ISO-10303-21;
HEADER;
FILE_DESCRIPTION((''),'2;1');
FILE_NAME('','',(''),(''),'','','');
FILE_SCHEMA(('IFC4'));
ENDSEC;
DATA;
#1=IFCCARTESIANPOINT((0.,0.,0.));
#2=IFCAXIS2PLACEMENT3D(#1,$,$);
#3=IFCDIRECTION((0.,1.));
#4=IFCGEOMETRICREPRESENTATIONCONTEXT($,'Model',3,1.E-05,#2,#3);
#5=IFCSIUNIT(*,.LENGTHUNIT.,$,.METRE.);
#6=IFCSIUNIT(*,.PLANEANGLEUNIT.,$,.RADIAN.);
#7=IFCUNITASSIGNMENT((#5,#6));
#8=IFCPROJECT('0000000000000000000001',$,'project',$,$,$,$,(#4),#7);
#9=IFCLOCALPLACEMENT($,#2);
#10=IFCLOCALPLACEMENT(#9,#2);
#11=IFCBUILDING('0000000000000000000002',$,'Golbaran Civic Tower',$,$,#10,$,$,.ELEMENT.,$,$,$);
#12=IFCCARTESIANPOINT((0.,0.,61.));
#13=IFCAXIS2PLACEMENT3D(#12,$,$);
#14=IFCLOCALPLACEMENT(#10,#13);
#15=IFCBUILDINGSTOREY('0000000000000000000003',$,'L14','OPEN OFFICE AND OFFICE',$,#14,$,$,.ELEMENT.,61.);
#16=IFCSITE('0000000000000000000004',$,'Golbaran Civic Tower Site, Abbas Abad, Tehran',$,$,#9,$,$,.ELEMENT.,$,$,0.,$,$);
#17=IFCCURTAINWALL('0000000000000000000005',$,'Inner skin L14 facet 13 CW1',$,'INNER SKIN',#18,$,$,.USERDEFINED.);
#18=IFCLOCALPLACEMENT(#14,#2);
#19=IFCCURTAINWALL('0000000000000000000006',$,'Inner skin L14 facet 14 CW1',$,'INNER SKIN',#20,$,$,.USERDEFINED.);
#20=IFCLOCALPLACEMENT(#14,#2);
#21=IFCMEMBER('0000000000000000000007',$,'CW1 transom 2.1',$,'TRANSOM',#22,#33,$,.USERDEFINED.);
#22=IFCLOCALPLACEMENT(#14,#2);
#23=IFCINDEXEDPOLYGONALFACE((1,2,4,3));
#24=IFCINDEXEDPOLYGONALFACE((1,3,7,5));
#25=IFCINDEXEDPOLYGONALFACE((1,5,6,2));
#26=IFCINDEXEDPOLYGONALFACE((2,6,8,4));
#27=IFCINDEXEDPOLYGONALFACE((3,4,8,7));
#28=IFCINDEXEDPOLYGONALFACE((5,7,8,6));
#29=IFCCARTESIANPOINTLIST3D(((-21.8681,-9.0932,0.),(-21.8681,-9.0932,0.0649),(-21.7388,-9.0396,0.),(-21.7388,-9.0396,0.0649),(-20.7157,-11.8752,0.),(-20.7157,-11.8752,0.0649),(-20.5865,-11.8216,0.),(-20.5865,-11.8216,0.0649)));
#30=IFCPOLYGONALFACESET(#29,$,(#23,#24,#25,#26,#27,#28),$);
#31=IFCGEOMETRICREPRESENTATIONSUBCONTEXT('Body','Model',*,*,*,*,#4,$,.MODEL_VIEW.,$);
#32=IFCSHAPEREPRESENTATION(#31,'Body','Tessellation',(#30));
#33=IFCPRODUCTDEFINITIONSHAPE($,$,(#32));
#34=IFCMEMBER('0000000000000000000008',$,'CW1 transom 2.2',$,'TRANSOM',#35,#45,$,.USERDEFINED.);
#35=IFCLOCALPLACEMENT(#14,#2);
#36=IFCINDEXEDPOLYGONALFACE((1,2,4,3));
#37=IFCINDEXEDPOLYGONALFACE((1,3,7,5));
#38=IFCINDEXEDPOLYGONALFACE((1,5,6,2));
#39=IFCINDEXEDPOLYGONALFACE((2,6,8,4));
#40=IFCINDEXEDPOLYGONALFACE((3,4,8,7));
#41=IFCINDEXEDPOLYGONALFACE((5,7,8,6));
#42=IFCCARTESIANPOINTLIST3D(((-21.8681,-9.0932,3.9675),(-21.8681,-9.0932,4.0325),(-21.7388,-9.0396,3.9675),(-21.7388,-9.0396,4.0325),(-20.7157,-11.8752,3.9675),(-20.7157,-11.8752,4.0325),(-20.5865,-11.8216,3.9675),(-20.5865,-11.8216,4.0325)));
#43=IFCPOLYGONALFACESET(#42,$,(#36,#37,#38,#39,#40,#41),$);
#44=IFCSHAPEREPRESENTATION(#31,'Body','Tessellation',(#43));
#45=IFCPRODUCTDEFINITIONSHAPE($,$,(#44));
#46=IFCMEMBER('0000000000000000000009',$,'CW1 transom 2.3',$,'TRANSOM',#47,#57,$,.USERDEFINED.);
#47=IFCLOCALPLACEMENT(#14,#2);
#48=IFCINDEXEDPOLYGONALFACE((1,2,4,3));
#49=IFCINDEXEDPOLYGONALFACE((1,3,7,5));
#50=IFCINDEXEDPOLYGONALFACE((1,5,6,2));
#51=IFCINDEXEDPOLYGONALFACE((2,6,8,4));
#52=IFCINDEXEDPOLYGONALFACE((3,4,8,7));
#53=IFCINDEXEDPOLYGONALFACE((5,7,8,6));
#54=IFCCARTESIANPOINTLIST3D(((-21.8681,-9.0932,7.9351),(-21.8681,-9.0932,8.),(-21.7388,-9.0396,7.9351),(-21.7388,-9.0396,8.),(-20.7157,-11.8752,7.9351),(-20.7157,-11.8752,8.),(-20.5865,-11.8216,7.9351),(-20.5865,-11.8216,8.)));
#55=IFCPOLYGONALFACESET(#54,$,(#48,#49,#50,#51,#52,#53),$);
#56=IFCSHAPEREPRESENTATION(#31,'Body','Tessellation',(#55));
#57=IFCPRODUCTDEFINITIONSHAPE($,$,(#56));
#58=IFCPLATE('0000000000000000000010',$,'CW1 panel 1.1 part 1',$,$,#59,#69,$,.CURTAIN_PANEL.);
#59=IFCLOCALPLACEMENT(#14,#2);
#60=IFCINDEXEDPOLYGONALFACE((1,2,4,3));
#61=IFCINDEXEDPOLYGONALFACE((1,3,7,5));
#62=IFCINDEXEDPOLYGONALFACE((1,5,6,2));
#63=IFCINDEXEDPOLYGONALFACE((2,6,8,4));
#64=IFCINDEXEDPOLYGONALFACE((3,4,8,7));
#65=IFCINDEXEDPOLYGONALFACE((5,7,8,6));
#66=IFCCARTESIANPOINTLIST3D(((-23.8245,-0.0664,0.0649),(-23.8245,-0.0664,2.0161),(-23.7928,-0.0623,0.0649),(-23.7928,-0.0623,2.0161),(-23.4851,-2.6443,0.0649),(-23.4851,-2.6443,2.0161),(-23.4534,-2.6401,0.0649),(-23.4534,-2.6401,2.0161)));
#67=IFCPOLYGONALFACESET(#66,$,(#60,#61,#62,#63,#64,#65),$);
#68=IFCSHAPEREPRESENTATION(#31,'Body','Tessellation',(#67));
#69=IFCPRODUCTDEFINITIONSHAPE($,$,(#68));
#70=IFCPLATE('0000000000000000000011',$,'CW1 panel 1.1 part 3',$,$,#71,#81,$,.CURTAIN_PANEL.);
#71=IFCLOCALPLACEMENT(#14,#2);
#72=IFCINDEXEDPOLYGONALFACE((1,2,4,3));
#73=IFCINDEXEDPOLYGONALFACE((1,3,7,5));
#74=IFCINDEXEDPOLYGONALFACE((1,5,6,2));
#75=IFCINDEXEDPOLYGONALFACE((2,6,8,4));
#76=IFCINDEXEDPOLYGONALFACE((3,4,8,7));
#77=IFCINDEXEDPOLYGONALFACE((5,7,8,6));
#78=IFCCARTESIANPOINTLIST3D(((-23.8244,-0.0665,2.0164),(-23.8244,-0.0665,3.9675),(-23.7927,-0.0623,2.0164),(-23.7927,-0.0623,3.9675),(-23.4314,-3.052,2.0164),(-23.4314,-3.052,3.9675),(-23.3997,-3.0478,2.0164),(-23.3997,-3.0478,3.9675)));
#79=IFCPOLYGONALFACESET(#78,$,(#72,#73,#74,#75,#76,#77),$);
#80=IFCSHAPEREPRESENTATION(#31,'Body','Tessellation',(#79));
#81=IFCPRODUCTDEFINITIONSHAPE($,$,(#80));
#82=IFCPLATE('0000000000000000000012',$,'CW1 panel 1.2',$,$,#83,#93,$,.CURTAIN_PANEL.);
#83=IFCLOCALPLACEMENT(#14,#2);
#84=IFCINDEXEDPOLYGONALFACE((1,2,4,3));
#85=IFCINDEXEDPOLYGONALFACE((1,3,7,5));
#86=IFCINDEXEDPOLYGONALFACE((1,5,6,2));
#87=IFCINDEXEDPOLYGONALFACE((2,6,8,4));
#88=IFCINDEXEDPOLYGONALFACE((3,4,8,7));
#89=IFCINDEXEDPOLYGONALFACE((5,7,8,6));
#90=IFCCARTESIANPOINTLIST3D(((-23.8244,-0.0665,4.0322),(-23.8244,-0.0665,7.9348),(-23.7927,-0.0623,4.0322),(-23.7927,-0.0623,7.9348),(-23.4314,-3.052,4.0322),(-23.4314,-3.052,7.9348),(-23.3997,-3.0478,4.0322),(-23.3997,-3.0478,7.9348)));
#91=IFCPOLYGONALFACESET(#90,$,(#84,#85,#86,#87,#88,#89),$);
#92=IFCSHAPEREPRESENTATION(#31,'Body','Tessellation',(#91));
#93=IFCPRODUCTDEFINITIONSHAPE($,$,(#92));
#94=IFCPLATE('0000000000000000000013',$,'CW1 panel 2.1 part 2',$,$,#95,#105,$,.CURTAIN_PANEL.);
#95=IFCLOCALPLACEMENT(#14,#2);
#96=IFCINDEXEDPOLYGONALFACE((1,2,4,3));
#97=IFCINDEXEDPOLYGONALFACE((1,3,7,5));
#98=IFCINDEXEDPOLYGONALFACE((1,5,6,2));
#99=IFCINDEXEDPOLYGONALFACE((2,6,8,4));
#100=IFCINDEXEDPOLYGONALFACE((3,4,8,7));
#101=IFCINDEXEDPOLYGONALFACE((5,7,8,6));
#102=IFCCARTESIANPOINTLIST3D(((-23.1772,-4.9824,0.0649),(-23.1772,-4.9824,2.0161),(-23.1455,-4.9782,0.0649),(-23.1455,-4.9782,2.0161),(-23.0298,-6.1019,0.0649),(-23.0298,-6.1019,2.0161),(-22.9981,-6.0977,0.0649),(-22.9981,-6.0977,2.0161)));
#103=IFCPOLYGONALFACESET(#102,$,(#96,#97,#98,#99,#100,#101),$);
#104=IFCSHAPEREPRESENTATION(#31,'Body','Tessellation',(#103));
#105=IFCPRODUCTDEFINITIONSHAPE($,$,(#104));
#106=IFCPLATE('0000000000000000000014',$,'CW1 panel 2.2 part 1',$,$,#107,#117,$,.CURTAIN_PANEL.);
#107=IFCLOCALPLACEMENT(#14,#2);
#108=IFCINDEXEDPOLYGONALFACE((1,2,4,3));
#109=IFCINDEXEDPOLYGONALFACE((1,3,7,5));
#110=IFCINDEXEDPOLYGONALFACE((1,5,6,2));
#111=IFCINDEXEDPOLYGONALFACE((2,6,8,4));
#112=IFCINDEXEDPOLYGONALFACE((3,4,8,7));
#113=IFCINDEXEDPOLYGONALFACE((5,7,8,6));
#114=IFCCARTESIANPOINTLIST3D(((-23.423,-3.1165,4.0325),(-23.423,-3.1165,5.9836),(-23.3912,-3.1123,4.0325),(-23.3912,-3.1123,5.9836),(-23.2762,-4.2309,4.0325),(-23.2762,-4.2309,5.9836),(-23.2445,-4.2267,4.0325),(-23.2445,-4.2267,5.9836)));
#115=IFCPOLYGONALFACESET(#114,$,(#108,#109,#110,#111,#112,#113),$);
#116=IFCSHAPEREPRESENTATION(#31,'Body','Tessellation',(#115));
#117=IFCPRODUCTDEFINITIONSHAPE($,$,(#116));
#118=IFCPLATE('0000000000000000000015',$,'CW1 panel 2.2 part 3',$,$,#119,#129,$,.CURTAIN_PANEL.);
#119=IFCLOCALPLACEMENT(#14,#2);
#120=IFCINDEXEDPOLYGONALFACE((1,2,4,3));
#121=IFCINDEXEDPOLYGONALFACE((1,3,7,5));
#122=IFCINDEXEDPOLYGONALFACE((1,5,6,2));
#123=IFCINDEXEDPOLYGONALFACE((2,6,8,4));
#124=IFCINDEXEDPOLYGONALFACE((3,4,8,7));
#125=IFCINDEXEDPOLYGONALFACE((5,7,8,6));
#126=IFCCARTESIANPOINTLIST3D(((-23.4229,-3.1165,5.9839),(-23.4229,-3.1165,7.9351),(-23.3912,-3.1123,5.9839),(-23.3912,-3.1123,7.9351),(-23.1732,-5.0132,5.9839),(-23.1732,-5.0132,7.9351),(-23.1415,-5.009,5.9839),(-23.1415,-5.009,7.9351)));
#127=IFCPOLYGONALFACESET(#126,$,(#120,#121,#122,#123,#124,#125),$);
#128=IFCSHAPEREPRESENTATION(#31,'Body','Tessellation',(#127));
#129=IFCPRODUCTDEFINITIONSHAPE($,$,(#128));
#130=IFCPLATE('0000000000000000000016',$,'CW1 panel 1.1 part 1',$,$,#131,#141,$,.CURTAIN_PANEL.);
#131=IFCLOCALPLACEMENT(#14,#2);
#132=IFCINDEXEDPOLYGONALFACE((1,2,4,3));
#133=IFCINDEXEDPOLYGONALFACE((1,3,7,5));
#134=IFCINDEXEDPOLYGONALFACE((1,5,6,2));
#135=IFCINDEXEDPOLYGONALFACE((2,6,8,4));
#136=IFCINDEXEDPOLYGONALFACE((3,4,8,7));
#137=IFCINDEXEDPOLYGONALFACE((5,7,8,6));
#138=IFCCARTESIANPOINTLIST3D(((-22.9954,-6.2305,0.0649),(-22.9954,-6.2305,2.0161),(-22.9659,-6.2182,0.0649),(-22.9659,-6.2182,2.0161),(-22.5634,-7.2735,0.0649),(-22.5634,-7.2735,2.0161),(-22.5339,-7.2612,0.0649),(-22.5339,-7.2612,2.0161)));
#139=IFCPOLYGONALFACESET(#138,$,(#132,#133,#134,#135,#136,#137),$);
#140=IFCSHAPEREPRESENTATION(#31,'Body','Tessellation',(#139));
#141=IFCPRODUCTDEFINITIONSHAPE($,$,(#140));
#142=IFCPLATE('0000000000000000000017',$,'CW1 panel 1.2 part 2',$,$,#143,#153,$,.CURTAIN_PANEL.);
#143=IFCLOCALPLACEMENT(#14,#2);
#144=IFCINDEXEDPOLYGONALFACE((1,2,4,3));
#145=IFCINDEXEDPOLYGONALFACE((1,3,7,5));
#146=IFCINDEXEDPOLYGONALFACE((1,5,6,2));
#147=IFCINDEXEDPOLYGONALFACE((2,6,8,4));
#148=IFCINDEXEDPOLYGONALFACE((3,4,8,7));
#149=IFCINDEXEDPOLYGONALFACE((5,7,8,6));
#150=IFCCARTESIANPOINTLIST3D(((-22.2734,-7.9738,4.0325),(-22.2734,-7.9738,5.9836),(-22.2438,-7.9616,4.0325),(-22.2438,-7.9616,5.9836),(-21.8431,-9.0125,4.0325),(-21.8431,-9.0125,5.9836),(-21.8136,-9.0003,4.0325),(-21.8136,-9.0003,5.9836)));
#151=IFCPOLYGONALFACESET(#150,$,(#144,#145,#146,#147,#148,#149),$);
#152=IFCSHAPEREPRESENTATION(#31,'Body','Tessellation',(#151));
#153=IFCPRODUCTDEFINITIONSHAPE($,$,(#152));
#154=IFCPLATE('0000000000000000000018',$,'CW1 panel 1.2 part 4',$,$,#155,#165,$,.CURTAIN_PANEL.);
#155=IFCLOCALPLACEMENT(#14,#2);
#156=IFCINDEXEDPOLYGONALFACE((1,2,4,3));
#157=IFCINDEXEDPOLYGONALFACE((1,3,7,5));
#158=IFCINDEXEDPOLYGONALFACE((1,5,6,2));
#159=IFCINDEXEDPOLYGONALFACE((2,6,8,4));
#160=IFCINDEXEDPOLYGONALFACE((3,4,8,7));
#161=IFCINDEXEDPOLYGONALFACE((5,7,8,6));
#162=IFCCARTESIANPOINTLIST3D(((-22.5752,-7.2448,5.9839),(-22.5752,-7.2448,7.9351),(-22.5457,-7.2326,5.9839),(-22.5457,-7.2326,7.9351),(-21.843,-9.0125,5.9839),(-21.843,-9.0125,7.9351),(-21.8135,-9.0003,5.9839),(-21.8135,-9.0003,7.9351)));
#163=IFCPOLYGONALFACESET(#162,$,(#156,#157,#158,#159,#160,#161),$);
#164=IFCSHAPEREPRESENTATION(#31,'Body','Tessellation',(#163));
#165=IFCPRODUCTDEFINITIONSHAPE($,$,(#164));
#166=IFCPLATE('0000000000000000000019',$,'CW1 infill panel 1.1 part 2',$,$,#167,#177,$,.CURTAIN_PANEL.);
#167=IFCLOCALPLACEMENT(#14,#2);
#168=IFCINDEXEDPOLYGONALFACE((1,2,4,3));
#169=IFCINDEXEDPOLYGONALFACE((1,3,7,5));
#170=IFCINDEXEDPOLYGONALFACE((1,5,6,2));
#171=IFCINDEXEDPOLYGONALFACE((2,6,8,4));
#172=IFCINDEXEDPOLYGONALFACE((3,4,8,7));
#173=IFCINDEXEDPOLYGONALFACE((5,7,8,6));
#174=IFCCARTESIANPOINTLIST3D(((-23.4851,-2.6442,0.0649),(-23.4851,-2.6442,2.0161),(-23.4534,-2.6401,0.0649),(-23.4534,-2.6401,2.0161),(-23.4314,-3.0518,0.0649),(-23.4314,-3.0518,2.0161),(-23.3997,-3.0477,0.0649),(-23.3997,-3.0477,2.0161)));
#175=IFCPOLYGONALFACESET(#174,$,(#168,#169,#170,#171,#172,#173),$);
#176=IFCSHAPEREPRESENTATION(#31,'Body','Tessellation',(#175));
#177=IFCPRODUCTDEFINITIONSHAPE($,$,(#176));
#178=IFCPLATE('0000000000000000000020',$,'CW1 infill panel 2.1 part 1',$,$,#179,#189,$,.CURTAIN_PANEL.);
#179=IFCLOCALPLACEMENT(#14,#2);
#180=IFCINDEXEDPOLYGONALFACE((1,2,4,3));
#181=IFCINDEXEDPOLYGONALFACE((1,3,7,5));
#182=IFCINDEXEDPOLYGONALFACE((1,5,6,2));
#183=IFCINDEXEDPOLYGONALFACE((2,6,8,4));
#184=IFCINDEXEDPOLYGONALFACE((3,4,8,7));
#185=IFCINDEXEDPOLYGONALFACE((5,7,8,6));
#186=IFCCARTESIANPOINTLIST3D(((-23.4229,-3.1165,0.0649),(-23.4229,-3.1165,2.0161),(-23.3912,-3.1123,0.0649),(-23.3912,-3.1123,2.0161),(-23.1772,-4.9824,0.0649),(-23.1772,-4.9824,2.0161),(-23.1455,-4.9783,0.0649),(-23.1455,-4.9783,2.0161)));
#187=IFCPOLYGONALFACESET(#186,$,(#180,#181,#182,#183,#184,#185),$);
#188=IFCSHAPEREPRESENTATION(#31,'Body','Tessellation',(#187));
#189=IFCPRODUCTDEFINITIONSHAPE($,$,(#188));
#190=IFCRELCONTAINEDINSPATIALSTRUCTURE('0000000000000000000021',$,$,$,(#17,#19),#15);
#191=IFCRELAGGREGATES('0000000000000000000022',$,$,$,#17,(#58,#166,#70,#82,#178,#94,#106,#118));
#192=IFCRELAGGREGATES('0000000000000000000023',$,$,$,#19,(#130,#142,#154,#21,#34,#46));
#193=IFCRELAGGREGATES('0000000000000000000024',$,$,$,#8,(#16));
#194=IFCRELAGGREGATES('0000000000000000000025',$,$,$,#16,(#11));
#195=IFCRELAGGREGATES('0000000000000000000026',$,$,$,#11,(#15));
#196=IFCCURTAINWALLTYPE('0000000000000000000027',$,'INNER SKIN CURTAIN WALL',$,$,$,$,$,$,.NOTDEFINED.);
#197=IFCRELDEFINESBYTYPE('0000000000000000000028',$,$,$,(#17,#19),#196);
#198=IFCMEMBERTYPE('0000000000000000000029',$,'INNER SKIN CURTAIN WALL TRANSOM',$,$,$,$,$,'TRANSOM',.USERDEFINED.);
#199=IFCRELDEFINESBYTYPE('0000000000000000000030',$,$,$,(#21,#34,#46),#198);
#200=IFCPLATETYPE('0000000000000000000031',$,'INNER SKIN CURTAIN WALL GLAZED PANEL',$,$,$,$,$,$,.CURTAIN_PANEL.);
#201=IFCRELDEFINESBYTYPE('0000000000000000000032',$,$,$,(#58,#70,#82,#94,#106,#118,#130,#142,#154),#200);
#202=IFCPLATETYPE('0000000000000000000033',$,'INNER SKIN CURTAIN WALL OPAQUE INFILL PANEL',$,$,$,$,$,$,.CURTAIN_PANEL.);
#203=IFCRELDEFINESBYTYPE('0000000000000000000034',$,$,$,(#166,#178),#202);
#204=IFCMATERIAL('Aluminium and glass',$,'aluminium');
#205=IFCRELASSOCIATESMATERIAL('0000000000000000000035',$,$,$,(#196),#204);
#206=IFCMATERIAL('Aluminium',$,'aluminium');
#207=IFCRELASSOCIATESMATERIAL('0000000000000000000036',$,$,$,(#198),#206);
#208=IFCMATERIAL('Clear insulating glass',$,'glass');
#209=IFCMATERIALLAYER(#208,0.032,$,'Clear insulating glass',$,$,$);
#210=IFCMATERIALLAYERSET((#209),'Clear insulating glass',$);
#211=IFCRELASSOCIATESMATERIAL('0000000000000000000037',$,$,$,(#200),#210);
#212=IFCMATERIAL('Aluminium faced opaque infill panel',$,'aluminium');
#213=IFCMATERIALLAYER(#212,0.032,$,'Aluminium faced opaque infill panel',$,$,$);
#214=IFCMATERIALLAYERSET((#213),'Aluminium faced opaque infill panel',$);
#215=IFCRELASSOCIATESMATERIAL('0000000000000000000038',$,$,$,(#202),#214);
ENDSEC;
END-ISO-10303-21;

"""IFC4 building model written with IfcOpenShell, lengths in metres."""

from ifc_helpers import new_model, si_unit, direction, frame, origin, origin_2d, place, context, subcontext, project, spatial, rectangle, extrude, material, layer, layer_set, material_profile, profile_set, type_object, element, aggregate, save


model = new_model("IFC4")

# Units and contexts
model_context = context("Model", 3, precision=1e-05, world=origin(), true_north=direction((0.0, 1.0)))
body_context = subcontext(model_context, "Body", "Model", "MODEL_VIEW")
ifc_project = project(units=[si_unit("LENGTHUNIT", "METRE"), si_unit("PLANEANGLEUNIT", "RADIAN")], contexts=[model_context])

# Site, building, storey
site_placement = place(None, origin())
site = spatial("IfcSite", under=ifc_project, at=site_placement, Name="Golbaran Civic Tower Site, Abbas Abad, Tehran", CompositionType="ELEMENT", RefElevation=0.0)
building_placement = place(site_placement, origin())
building = spatial("IfcBuilding", under=site, at=building_placement, Name="Golbaran Civic Tower", CompositionType="ELEMENT")
storey_placement = place(building_placement, frame((0.0, 0.0, 61.0)))
storey = spatial("IfcBuildingStorey", under=building, at=storey_placement, Name="L14", Description="OPEN OFFICE AND OFFICE", CompositionType="ELEMENT", Elevation=61.0)

# Curtain walls
ifc_material_1 = material(Name="Aluminium and glass", Category="aluminium")
curtain_wall_type = type_object("IfcCurtainWallType", Name="INNER SKIN CURTAIN WALL", PredefinedType="NOTDEFINED", material=ifc_material_1)
curtain_wall_1_placement = place(storey_placement, origin())
curtain_wall_1 = element("IfcCurtainWall", 1, at=curtain_wall_1_placement, inside=storey, type_object=curtain_wall_type, Name="Inner skin L14 facet 13 CW1", ObjectType="INNER SKIN", PredefinedType="USERDEFINED")
ifc_material_2 = material(Name="Aluminium", Category="aluminium")
curtain_wall_2_placement = place(storey_placement, origin())
curtain_wall_2 = element("IfcCurtainWall", 2, at=curtain_wall_2_placement, inside=storey, type_object=curtain_wall_type, Name="Inner skin L14 facet 14 CW1", ObjectType="INNER SKIN", PredefinedType="USERDEFINED")

# Members
ifc_material_profile_1 = material_profile(ifc_material_2, rectangle(XDim=0.1399, YDim=0.0649, at=origin_2d()), Name="INNER SKIN CURTAIN WALL TRANSOM")
ifc_profile_set_1 = profile_set([ifc_material_profile_1], Name="Aluminium")
member_type_1 = type_object("IfcMemberType", Name="INNER SKIN CURTAIN WALL TRANSOM", ElementType="TRANSOM", PredefinedType="USERDEFINED", material=ifc_profile_set_1)
member_1_placement = place(storey_placement, frame((-21.8035, -9.0664, 0.0325), z_axis=(0.382686, -0.923878, 0.0), x_axis=(0.923878, 0.382686, 0.0)))
member_1 = element("IfcMember", 3, at=member_1_placement, type_object=member_type_1, Name="CW1 transom 2.1", ObjectType="TRANSOM", PredefinedType="USERDEFINED", context=body_context, shape_type="SweptSolid", body=[
    extrude(rectangle(XDim=0.1399, YDim=0.0649, at=origin_2d()), origin(), (0.0, 0.0, 1.0), 3.0112),
])
member_2_placement = place(storey_placement, frame((-21.8035, -9.0664, 4.0), z_axis=(0.382686, -0.923878, 0.0), x_axis=(0.923878, 0.382686, 0.0)))
member_2 = element("IfcMember", 4, at=member_2_placement, type_object=member_type_1, Name="CW1 transom 2.2", ObjectType="TRANSOM", PredefinedType="USERDEFINED", context=body_context, shape_type="SweptSolid", body=[
    extrude(rectangle(XDim=0.1399, YDim=0.0649, at=origin_2d()), origin(), (0.0, 0.0, 1.0), 3.0112),
])
member_3_placement = place(storey_placement, frame((-21.8035, -9.0664, 7.9675), z_axis=(0.382686, -0.923878, 0.0), x_axis=(0.923878, 0.382686, 0.0)))
member_3 = element("IfcMember", 5, at=member_3_placement, type_object=member_type_1, Name="CW1 transom 2.3", ObjectType="TRANSOM", PredefinedType="USERDEFINED", context=body_context, shape_type="SweptSolid", body=[
    extrude(rectangle(XDim=0.1399, YDim=0.0649, at=origin_2d()), origin(), (0.0, 0.0, 1.0), 3.0112),
])

# Plates
ifc_material_3 = material(Name="Clear insulating glass", Category="glass")
ifc_layer_1 = layer(ifc_material_3, 0.032, Name="Clear insulating glass")
ifc_layer_set_1 = layer_set([ifc_layer_1], Name="Clear insulating glass")
plate_type_1 = type_object("IfcPlateType", Name="INNER SKIN CURTAIN WALL GLAZED PANEL", PredefinedType="CURTAIN_PANEL", material=ifc_layer_set_1)
plate_1_placement = place(storey_placement, frame((-23.6389, -1.3533, 0.0649), z_axis=(0.0, 0.0, 1.0), x_axis=(0.130526, -0.991445, 0.0)))
plate_1 = element("IfcPlate", 6, at=plate_1_placement, type_object=plate_type_1, Name="CW1 panel 1.1 part 1", PredefinedType="CURTAIN_PANEL", context=body_context, shape_type="SweptSolid", body=[
    extrude(rectangle(XDim=2.6001, YDim=0.032, at=origin_2d()), origin(), (0.0, 0.0, 1.0), 1.9512),
])
plate_2_placement = place(storey_placement, frame((-23.6121, -1.5571, 2.0164), z_axis=(0.0, 0.0, 1.0), x_axis=(0.130526, -0.991445, 0.0)))
plate_2 = element("IfcPlate", 7, at=plate_2_placement, type_object=plate_type_1, Name="CW1 panel 1.1 part 3", PredefinedType="CURTAIN_PANEL", context=body_context, shape_type="SweptSolid", body=[
    extrude(rectangle(XDim=3.0112, YDim=0.032, at=origin_2d()), origin(), (0.0, 0.0, 1.0), 1.9512),
])
plate_3_placement = place(storey_placement, frame((-23.6121, -1.5571, 4.0322), z_axis=(0.0, 0.0, 1.0), x_axis=(0.130526, -0.991445, 0.0)))
plate_3 = element("IfcPlate", 8, at=plate_3_placement, type_object=plate_type_1, Name="CW1 panel 1.2", PredefinedType="CURTAIN_PANEL", context=body_context, shape_type="SweptSolid", body=[
    extrude(rectangle(XDim=3.0112, YDim=0.032, at=origin_2d()), origin(), (0.0, 0.0, 1.0), 3.9026),
])
plate_4_placement = place(storey_placement, frame((-23.0876, -5.54, 0.0649), z_axis=(0.0, 0.0, 1.0), x_axis=(0.130526, -0.991445, 0.0)))
plate_4 = element("IfcPlate", 9, at=plate_4_placement, type_object=plate_type_1, Name="CW1 panel 2.1 part 2", PredefinedType="CURTAIN_PANEL", context=body_context, shape_type="SweptSolid", body=[
    extrude(rectangle(XDim=1.1292, YDim=0.032, at=origin_2d()), origin(), (0.0, 0.0, 1.0), 1.9512),
])
plate_5_placement = place(storey_placement, frame((-23.3337, -3.6716, 4.0325), z_axis=(0.0, 0.0, 1.0), x_axis=(0.130526, -0.991445, 0.0)))
plate_5 = element("IfcPlate", 10, at=plate_5_placement, type_object=plate_type_1, Name="CW1 panel 2.2 part 1", PredefinedType="CURTAIN_PANEL", context=body_context, shape_type="SweptSolid", body=[
    extrude(rectangle(XDim=1.124, YDim=0.032, at=origin_2d()), origin(), (0.0, 0.0, 1.0), 1.9512),
])
plate_6_placement = place(storey_placement, frame((-23.2822, -4.0627, 5.9839), z_axis=(0.0, 0.0, 1.0), x_axis=(0.130526, -0.991445, 0.0)))
plate_6 = element("IfcPlate", 11, at=plate_6_placement, type_object=plate_type_1, Name="CW1 panel 2.2 part 3", PredefinedType="CURTAIN_PANEL", context=body_context, shape_type="SweptSolid", body=[
    extrude(rectangle(XDim=1.9131, YDim=0.032, at=origin_2d()), origin(), (0.0, 0.0, 1.0), 1.9512),
])
plate_7_placement = place(storey_placement, frame((-22.7646, -6.7458, 0.0649), z_axis=(0.0, 0.0, 1.0), x_axis=(0.382683, -0.92388, 0.0)))
plate_7 = element("IfcPlate", 12, at=plate_7_placement, type_object=plate_type_1, Name="CW1 panel 1.1 part 1", PredefinedType="CURTAIN_PANEL", context=body_context, shape_type="SweptSolid", body=[
    extrude(rectangle(XDim=1.1289, YDim=0.032, at=origin_2d()), origin(), (0.0, 0.0, 1.0), 1.9512),
])
plate_8_placement = place(storey_placement, frame((-22.0435, -8.4871, 4.0325), z_axis=(0.0, 0.0, 1.0), x_axis=(0.382683, -0.92388, 0.0)))
plate_8 = element("IfcPlate", 13, at=plate_8_placement, type_object=plate_type_1, Name="CW1 panel 1.2 part 2", PredefinedType="CURTAIN_PANEL", context=body_context, shape_type="SweptSolid", body=[
    extrude(rectangle(XDim=1.1243, YDim=0.032, at=origin_2d()), origin(), (0.0, 0.0, 1.0), 1.9512),
])
plate_9_placement = place(storey_placement, frame((-22.1943, -8.1226, 5.9839), z_axis=(0.0, 0.0, 1.0), x_axis=(0.382683, -0.92388, 0.0)))
plate_9 = element("IfcPlate", 14, at=plate_9_placement, type_object=plate_type_1, Name="CW1 panel 1.2 part 4", PredefinedType="CURTAIN_PANEL", context=body_context, shape_type="SweptSolid", body=[
    extrude(rectangle(XDim=1.9133, YDim=0.032, at=origin_2d()), origin(), (0.0, 0.0, 1.0), 1.9512),
])
ifc_material_4 = material(Name="Aluminium faced opaque infill panel", Category="aluminium")
ifc_layer_2 = layer(ifc_material_4, 0.032, Name="Aluminium faced opaque infill panel")
ifc_layer_set_2 = layer_set([ifc_layer_2], Name="Aluminium faced opaque infill panel")
plate_type_2 = type_object("IfcPlateType", Name="INNER SKIN CURTAIN WALL OPAQUE INFILL PANEL", PredefinedType="CURTAIN_PANEL", material=ifc_layer_set_2)
plate_10_placement = place(storey_placement, frame((-23.4424, -2.8459, 0.0649), z_axis=(0.0, 0.0, 1.0), x_axis=(0.130526, -0.991445, 0.0)))
plate_10 = element("IfcPlate", 15, at=plate_10_placement, type_object=plate_type_2, Name="CW1 infill panel 1.1 part 2", PredefinedType="CURTAIN_PANEL", context=body_context, shape_type="SweptSolid", body=[
    extrude(rectangle(XDim=0.4111, YDim=0.032, at=origin_2d()), origin(), (0.0, 0.0, 1.0), 1.9512),
])
plate_11_placement = place(storey_placement, frame((-23.2842, -4.0474, 0.0649), z_axis=(0.0, 0.0, 1.0), x_axis=(0.130526, -0.991445, 0.0)))
plate_11 = element("IfcPlate", 16, at=plate_11_placement, type_object=plate_type_2, Name="CW1 infill panel 2.1 part 1", PredefinedType="CURTAIN_PANEL", context=body_context, shape_type="SweptSolid", body=[
    extrude(rectangle(XDim=1.8821, YDim=0.032, at=origin_2d()), origin(), (0.0, 0.0, 1.0), 1.9512),
])
aggregate(curtain_wall_1, [plate_1, plate_10, plate_2, plate_3, plate_11, plate_4, plate_5, plate_6])
aggregate(curtain_wall_2, [plate_7, plate_8, plate_9, member_1, member_2, member_3])

save(model, "model.ifc")
